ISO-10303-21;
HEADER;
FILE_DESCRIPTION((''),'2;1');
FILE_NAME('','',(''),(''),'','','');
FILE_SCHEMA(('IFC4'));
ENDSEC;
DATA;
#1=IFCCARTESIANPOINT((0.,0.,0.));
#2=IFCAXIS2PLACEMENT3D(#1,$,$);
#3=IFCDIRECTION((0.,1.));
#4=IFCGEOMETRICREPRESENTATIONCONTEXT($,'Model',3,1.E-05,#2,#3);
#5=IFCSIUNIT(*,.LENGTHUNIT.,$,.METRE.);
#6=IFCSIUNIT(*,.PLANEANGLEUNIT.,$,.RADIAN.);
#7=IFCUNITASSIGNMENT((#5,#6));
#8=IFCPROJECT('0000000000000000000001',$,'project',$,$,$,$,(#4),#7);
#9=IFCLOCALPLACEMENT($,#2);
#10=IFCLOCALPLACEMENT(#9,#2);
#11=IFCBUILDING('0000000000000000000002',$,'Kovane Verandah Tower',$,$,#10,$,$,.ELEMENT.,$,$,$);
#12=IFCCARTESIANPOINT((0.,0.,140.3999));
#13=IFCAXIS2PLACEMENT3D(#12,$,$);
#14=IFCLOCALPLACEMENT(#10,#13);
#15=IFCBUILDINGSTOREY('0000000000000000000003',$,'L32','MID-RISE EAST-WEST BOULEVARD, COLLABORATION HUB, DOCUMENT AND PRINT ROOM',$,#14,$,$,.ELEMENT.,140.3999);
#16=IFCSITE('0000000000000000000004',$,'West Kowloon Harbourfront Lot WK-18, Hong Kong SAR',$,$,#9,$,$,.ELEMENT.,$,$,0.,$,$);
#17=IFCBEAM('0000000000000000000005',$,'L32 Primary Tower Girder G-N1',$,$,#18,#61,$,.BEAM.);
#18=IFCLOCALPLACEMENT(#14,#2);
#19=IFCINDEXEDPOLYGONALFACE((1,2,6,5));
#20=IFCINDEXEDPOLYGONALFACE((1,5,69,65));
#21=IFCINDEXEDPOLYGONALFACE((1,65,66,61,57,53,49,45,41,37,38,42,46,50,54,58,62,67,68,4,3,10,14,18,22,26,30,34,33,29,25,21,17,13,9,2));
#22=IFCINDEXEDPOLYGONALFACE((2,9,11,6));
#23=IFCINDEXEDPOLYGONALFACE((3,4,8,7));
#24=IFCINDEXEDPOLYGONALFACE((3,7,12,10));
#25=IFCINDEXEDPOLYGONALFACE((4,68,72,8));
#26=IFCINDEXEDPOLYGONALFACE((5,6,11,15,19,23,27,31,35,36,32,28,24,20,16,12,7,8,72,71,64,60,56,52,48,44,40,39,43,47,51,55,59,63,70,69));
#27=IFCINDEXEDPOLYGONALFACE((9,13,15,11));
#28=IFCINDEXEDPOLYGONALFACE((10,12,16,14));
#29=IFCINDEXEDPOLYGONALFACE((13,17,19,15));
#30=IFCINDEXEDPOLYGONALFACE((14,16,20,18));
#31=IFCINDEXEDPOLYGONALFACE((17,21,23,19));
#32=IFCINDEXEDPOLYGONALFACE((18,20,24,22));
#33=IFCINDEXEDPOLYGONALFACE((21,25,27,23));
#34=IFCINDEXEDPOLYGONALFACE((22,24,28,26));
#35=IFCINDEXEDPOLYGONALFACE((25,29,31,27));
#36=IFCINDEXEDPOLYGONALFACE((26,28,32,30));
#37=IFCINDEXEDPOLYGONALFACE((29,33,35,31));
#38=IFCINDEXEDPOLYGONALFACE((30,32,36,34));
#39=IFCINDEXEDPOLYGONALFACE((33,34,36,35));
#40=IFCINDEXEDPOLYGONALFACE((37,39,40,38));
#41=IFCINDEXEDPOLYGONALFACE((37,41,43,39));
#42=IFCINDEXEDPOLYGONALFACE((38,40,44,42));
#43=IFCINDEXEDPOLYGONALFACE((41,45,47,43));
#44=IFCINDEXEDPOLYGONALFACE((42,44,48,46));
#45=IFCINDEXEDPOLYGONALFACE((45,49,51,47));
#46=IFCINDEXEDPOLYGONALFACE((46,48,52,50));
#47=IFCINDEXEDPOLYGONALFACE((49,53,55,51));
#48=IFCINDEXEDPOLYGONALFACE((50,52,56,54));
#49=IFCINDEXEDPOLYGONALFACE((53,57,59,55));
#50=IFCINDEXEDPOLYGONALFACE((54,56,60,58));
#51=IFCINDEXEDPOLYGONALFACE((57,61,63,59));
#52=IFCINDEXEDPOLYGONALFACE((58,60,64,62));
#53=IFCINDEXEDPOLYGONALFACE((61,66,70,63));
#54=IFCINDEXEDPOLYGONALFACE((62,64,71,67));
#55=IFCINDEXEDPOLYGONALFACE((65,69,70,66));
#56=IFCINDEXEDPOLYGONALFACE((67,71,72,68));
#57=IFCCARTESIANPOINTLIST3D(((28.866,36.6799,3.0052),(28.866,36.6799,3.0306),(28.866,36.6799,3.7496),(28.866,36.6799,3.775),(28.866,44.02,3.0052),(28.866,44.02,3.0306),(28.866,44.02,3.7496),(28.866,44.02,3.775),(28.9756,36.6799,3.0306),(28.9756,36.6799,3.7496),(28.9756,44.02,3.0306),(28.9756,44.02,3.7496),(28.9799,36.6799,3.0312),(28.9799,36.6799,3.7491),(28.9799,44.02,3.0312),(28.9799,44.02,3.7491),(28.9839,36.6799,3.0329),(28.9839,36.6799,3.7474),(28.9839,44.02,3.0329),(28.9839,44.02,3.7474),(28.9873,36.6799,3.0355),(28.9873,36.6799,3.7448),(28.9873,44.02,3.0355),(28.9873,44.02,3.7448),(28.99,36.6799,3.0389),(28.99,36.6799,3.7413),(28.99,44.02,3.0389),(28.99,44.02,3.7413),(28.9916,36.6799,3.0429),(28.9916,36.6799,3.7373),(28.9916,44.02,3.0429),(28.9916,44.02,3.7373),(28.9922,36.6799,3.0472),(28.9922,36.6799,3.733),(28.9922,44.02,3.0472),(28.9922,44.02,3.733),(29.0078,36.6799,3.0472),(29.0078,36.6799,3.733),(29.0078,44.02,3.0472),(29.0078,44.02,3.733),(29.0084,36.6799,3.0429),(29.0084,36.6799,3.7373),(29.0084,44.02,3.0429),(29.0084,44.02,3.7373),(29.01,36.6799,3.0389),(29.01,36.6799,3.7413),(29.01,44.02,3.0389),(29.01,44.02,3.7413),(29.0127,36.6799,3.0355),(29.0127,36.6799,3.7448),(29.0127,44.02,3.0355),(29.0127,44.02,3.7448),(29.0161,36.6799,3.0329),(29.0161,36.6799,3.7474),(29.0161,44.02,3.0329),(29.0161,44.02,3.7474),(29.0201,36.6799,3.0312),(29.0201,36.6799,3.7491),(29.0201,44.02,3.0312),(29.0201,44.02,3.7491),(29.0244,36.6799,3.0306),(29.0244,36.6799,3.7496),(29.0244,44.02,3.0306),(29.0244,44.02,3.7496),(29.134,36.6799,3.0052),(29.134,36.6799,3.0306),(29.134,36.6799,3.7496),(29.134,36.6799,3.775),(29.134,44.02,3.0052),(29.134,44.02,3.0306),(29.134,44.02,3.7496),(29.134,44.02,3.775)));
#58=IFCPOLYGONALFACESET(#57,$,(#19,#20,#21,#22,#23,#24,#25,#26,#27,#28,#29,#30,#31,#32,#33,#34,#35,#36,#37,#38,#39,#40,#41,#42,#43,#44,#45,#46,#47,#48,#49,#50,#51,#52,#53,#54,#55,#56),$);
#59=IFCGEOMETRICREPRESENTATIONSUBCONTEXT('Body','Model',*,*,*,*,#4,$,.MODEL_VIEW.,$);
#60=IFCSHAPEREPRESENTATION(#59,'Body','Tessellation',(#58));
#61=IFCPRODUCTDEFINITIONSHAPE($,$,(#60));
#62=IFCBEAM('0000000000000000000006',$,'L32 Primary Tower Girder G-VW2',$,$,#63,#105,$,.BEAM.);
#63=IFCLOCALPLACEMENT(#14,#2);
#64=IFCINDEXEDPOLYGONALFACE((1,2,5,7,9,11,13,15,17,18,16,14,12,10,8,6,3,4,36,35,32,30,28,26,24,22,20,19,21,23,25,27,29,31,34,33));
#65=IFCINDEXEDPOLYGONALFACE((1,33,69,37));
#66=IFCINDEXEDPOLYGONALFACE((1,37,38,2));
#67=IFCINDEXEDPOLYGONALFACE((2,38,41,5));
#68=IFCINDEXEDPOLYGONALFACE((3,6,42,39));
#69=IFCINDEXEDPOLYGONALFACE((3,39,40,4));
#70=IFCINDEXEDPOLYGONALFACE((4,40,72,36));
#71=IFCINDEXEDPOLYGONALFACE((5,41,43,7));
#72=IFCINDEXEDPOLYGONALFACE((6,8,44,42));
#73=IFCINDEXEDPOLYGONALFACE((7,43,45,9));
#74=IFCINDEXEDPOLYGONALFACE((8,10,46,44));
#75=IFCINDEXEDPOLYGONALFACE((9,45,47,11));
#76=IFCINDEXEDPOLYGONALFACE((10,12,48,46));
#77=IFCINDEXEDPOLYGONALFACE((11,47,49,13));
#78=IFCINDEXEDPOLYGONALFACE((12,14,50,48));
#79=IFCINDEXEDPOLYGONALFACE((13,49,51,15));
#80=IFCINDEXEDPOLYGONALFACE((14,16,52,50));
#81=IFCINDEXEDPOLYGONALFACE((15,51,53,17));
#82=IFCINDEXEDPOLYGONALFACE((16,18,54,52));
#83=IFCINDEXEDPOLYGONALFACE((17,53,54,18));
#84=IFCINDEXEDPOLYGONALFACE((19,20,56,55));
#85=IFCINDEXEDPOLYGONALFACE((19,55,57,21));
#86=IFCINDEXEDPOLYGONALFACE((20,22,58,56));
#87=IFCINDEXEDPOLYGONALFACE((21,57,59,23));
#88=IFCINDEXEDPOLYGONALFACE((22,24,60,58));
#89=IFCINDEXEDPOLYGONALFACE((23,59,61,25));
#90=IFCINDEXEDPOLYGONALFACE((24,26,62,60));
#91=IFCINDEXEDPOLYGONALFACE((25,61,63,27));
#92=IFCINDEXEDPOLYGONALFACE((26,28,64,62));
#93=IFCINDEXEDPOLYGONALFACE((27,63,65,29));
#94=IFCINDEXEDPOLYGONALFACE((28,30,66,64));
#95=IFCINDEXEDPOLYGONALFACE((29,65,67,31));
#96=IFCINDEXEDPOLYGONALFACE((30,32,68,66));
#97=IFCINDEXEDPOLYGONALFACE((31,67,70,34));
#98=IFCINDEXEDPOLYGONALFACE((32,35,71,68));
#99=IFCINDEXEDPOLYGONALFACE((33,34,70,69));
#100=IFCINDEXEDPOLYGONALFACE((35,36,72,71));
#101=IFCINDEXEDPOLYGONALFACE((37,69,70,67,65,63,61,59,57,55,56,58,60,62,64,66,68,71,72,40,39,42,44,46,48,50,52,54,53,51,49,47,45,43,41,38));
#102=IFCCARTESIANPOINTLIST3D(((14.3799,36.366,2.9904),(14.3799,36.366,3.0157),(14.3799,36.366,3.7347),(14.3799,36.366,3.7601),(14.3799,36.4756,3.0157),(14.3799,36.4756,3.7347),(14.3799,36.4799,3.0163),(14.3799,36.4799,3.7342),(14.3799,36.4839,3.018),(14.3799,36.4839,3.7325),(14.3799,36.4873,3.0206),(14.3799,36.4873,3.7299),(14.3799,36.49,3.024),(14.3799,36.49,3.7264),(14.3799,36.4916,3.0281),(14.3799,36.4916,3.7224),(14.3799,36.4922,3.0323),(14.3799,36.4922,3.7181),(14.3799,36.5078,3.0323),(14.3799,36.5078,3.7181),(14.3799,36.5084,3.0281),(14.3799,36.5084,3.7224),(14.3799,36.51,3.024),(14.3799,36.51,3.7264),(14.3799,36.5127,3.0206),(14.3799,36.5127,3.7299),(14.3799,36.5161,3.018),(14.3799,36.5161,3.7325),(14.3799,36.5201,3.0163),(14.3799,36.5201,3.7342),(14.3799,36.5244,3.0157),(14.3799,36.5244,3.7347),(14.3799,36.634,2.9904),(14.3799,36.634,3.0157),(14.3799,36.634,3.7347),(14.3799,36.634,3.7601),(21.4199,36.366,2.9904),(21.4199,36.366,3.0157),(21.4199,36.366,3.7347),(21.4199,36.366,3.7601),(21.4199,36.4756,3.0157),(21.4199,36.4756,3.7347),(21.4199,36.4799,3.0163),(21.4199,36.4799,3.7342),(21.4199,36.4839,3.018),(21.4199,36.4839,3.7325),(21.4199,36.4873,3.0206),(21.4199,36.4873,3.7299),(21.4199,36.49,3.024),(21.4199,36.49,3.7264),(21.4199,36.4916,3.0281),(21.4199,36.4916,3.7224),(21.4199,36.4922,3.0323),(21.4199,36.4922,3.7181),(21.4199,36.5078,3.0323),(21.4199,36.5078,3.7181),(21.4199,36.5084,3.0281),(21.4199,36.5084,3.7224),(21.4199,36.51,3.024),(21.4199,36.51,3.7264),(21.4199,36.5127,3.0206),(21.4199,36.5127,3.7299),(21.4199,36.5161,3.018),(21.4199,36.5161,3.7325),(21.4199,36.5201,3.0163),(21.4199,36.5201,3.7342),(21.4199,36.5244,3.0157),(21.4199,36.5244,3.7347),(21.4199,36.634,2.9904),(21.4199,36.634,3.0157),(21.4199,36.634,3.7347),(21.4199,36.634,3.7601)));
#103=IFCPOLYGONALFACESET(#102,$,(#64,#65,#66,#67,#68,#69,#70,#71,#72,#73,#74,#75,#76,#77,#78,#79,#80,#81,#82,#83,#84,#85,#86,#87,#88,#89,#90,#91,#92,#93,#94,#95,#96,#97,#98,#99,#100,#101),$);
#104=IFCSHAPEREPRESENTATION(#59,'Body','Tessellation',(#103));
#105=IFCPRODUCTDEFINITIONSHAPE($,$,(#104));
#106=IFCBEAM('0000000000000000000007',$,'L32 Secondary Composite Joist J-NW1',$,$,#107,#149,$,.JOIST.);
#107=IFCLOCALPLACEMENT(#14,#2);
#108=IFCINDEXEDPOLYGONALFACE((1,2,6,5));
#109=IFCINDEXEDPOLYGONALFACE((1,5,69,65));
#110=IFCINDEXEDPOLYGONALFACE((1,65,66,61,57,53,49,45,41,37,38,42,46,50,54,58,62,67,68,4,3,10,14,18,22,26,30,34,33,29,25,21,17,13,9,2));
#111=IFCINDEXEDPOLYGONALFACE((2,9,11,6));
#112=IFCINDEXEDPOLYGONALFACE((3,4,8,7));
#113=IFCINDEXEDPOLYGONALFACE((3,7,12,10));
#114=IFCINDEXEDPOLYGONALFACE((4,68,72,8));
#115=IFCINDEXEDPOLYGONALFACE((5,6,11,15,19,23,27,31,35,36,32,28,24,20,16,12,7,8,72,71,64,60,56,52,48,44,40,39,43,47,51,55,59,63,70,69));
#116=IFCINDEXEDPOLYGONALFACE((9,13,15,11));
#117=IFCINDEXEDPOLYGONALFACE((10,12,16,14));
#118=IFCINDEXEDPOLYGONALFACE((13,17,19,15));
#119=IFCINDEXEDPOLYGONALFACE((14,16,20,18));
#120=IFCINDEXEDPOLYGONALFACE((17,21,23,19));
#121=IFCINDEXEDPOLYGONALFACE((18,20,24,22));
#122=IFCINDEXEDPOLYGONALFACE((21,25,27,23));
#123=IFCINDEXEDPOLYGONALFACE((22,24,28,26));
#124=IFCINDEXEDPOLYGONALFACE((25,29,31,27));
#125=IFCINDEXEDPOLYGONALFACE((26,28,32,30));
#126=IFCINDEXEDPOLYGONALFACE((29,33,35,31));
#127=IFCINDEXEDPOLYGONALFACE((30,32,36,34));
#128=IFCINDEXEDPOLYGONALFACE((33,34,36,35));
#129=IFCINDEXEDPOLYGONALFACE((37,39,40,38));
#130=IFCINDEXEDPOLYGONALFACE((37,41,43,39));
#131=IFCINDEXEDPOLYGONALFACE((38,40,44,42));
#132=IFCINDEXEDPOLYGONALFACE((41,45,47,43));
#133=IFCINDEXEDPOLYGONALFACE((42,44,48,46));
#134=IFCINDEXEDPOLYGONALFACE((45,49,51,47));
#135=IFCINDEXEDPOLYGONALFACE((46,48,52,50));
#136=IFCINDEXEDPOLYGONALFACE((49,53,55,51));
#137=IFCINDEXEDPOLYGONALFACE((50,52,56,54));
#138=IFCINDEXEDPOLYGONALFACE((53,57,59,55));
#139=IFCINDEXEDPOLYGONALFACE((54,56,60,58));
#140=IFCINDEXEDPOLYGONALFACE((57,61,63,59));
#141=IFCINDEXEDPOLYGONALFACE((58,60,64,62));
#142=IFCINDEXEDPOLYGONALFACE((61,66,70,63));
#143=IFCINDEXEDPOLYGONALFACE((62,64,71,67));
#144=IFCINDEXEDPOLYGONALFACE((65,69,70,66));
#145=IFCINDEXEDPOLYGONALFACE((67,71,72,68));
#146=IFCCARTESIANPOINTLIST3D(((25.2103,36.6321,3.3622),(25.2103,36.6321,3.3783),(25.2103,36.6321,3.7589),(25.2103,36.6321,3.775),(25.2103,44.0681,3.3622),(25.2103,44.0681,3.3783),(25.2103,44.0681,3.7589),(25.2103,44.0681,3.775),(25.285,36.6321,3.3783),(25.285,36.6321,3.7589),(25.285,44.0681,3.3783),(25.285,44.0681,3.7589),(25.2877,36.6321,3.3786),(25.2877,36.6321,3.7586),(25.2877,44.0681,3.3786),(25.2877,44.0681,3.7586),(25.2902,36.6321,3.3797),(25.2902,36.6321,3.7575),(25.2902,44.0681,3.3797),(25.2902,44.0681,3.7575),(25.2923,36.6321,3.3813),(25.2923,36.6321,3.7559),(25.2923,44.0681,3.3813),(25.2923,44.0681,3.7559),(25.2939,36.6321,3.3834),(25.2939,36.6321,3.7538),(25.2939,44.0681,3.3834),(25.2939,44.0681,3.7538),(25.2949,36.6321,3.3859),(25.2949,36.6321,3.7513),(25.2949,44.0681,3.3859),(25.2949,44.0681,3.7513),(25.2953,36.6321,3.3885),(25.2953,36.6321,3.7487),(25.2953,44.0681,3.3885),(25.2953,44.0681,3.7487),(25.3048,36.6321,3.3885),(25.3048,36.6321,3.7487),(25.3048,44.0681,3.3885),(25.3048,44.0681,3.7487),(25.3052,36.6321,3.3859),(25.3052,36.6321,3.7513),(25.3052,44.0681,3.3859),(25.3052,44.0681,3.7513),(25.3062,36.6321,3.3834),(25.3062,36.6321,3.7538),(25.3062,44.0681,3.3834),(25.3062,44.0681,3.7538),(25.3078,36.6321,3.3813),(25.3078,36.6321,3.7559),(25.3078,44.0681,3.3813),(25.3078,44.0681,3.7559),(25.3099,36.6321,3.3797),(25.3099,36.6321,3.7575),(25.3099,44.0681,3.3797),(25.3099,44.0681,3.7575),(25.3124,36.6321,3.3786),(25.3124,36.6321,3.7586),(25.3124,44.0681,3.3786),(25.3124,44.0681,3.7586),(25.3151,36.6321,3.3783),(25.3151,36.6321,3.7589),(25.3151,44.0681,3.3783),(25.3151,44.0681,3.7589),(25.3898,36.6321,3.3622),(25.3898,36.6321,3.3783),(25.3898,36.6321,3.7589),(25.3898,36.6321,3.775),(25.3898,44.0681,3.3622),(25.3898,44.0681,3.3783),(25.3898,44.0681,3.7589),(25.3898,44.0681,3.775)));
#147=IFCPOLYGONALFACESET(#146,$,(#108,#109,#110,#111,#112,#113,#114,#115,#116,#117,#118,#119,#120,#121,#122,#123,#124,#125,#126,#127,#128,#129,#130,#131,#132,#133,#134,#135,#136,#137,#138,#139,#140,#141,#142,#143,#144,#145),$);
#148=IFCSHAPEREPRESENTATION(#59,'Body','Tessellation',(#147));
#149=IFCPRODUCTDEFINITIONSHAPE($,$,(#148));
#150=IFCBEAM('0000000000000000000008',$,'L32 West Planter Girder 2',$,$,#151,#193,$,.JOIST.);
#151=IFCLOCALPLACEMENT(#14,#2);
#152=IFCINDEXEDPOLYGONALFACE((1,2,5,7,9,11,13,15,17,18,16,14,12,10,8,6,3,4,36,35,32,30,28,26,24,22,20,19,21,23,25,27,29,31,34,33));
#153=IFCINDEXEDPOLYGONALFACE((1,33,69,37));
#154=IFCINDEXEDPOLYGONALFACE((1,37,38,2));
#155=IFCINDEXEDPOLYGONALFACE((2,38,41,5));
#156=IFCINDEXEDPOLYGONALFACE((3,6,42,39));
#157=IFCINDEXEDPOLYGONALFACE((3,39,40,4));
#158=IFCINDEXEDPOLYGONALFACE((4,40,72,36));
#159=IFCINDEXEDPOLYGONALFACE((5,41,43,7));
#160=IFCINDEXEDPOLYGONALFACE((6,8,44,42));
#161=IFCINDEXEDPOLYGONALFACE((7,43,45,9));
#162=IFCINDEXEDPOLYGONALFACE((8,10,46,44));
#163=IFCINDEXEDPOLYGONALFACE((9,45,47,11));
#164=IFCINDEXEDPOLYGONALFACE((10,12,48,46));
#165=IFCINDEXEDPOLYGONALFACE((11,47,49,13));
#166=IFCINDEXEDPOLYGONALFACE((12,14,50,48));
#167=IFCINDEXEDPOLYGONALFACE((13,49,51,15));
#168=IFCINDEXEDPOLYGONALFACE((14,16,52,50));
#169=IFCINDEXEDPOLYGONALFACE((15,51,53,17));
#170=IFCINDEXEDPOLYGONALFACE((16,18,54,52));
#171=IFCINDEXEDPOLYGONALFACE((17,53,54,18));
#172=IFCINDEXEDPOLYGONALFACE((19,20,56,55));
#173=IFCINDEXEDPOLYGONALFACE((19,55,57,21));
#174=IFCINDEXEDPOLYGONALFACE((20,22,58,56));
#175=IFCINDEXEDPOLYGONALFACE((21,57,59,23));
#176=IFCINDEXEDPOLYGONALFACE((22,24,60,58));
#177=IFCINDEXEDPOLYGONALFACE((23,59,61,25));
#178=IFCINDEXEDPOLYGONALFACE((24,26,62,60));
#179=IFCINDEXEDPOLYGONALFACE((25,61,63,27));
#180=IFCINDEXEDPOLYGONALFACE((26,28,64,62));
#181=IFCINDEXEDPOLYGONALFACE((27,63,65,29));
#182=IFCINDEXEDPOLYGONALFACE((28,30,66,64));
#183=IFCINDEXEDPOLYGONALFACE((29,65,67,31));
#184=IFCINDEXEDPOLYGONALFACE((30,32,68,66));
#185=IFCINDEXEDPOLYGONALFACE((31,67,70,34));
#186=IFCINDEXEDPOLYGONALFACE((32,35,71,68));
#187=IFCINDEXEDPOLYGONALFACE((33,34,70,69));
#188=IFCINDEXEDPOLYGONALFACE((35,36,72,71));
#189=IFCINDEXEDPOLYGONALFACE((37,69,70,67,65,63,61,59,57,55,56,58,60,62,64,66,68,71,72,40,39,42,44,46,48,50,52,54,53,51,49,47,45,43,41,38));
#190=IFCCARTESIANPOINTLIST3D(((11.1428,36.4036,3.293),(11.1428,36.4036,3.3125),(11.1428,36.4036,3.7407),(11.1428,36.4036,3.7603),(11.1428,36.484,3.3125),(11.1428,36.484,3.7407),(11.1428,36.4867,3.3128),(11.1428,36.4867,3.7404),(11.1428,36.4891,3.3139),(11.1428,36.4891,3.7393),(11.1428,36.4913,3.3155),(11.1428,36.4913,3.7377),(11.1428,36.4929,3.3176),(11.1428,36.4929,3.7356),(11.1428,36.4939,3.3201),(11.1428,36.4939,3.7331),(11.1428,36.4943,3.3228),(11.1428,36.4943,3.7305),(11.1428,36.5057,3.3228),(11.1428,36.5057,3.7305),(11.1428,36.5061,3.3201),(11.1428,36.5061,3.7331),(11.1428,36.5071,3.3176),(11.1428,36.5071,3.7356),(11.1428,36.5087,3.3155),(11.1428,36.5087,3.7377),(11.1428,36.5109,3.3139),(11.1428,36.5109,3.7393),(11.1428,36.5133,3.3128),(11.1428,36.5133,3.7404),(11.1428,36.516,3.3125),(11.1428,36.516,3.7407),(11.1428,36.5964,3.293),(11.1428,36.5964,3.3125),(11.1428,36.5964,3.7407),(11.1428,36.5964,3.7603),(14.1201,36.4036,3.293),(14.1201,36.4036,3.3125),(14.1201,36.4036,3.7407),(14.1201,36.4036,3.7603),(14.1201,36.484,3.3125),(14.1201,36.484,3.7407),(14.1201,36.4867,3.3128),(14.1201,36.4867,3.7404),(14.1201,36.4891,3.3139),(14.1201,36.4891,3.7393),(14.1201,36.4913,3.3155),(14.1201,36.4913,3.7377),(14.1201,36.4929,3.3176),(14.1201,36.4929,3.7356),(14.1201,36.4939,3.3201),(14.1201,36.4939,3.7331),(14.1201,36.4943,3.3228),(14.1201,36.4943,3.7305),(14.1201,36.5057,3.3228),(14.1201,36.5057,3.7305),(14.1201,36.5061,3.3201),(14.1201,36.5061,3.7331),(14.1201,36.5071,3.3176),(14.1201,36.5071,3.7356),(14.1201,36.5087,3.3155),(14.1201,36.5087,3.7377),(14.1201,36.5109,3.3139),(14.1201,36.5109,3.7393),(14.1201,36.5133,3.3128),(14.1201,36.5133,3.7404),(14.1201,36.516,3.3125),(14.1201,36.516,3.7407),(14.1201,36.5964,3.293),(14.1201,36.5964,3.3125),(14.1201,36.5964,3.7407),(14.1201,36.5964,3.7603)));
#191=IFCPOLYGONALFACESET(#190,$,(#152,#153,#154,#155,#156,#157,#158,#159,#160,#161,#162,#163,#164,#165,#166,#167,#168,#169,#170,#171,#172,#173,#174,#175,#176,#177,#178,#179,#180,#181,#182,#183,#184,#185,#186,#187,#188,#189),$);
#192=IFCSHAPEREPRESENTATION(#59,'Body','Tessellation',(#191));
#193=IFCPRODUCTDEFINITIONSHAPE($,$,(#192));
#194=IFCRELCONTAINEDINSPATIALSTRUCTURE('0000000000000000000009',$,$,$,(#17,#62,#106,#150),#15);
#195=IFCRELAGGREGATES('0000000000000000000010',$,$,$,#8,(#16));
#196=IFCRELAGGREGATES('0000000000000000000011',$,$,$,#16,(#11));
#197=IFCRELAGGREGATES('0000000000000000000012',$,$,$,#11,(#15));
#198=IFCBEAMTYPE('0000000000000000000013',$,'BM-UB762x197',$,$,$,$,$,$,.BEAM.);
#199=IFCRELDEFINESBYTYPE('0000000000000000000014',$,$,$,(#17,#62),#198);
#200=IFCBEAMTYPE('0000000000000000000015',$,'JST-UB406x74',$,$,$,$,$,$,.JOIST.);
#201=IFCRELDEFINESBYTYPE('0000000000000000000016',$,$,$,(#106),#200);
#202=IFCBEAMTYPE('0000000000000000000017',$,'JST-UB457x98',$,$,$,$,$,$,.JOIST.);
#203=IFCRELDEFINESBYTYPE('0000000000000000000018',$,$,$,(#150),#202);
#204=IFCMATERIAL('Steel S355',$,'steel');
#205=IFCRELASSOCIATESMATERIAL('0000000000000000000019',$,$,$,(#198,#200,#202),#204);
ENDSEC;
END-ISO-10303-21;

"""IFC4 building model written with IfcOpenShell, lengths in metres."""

from ifc_helpers import new_model, si_unit, direction, frame, origin, origin_2d, place, context, subcontext, project, spatial, i_section, extrude, material, material_profile, profile_set, type_object, element, save


model = new_model("IFC4")

# Units and contexts
model_context = context("Model", 3, precision=1e-05, world=origin(), true_north=direction((0.0, 1.0)))
body_context = subcontext(model_context, "Body", "Model", "MODEL_VIEW")
ifc_project = project(units=[si_unit("LENGTHUNIT", "METRE"), si_unit("PLANEANGLEUNIT", "RADIAN")], contexts=[model_context])

# Site, building, storey
site_placement = place(None, origin())
site = spatial("IfcSite", under=ifc_project, at=site_placement, Name="West Kowloon Harbourfront Lot WK-18, Hong Kong SAR", CompositionType="ELEMENT", RefElevation=0.0)
building_placement = place(site_placement, origin())
building = spatial("IfcBuilding", under=site, at=building_placement, Name="Kovane Verandah Tower", CompositionType="ELEMENT")
storey_placement = place(building_placement, frame((0.0, 0.0, 140.3999)))
storey = spatial("IfcBuildingStorey", under=building, at=storey_placement, Name="L32", Description="MID-RISE EAST-WEST BOULEVARD, COLLABORATION HUB, DOCUMENT AND PRINT ROOM", CompositionType="ELEMENT", Elevation=140.3999)

# Beams
ifc_material_1 = material(Name="Steel S355", Category="steel")
ifc_material_profile_1 = material_profile(ifc_material_1, i_section(OverallWidth=0.2681, OverallDepth=0.7698, WebThickness=0.0156, FlangeThickness=0.0254, FilletRadius=0.0166, at=origin_2d()), Name="UB762x267x197")
ifc_profile_set_1 = profile_set([ifc_material_profile_1], Name="Steel S355")
beam_type_1 = type_object("IfcBeamType", Name="BM-UB762x197", PredefinedType="BEAM", material=ifc_profile_set_1)
beam_1_placement = place(storey_placement, frame((29.0, 36.6799, 3.3901), z_axis=(0.0, 1.0, 0.0), x_axis=(-1.0, 0.0, 0.0)))
element("IfcBeam", 1, at=beam_1_placement, inside=storey, type_object=beam_type_1, Name="L32 Primary Tower Girder G-N1", PredefinedType="BEAM", context=body_context, shape_type="SweptSolid", body=[
    extrude(i_section(OverallWidth=0.2681, OverallDepth=0.7698, WebThickness=0.0156, FlangeThickness=0.0254, FilletRadius=0.0166, at=origin_2d()), origin(), (0.0, 0.0, 1.0), 7.3401),
])
beam_2_placement = place(storey_placement, frame((21.4199, 36.5, 3.3752), z_axis=(-1.0, 0.0, 0.0), x_axis=(0.0, -1.0, 0.0)))
element("IfcBeam", 2, at=beam_2_placement, inside=storey, type_object=beam_type_1, Name="L32 Primary Tower Girder G-VW2", PredefinedType="BEAM", context=body_context, shape_type="SweptSolid", body=[
    extrude(i_section(OverallWidth=0.2681, OverallDepth=0.7698, WebThickness=0.0156, FlangeThickness=0.0254, FilletRadius=0.0166, at=origin_2d()), origin(), (0.0, 0.0, 1.0), 7.04),
])
ifc_material_profile_2 = material_profile(ifc_material_1, i_section(OverallWidth=0.1794, OverallDepth=0.4128, WebThickness=0.0095, FlangeThickness=0.0161, FilletRadius=0.0103, at=origin_2d()), Name="UB406x178x74")
ifc_profile_set_2 = profile_set([ifc_material_profile_2], Name="Steel S355")
beam_type_2 = type_object("IfcBeamType", Name="JST-UB406x74", PredefinedType="JOIST", material=ifc_profile_set_2)
beam_3_placement = place(storey_placement, frame((25.3, 36.6321, 3.5686), z_axis=(0.0, 1.0, 0.0), x_axis=(-1.0, 0.0, 0.0)))
element("IfcBeam", 3, at=beam_3_placement, inside=storey, type_object=beam_type_2, Name="L32 Secondary Composite Joist J-NW1", PredefinedType="JOIST", context=body_context, shape_type="SweptSolid", body=[
    extrude(i_section(OverallWidth=0.1794, OverallDepth=0.4128, WebThickness=0.0095, FlangeThickness=0.0161, FilletRadius=0.0103, at=origin_2d()), origin(), (0.0, 0.0, 1.0), 7.436),
])
ifc_material_profile_3 = material_profile(ifc_material_1, i_section(OverallWidth=0.1929, OverallDepth=0.4673, WebThickness=0.0115, FlangeThickness=0.0195, FilletRadius=0.0103, at=origin_2d()), Name="UB457x191x98")
ifc_profile_set_3 = profile_set([ifc_material_profile_3], Name="Steel S355")
beam_type_3 = type_object("IfcBeamType", Name="JST-UB457x98", PredefinedType="JOIST", material=ifc_profile_set_3)
beam_4_placement = place(storey_placement, frame((14.1201, 36.5, 3.5266), z_axis=(-1.0, 0.0, 0.0), x_axis=(0.0, -1.0, 0.0)))
element("IfcBeam", 4, at=beam_4_placement, inside=storey, type_object=beam_type_3, Name="L32 West Planter Girder 2", PredefinedType="JOIST", context=body_context, shape_type="SweptSolid", body=[
    extrude(i_section(OverallWidth=0.1929, OverallDepth=0.4673, WebThickness=0.0115, FlangeThickness=0.0195, FilletRadius=0.0103, at=origin_2d()), origin(), (0.0, 0.0, 1.0), 2.9773),
])

save(model, "model.ifc")
